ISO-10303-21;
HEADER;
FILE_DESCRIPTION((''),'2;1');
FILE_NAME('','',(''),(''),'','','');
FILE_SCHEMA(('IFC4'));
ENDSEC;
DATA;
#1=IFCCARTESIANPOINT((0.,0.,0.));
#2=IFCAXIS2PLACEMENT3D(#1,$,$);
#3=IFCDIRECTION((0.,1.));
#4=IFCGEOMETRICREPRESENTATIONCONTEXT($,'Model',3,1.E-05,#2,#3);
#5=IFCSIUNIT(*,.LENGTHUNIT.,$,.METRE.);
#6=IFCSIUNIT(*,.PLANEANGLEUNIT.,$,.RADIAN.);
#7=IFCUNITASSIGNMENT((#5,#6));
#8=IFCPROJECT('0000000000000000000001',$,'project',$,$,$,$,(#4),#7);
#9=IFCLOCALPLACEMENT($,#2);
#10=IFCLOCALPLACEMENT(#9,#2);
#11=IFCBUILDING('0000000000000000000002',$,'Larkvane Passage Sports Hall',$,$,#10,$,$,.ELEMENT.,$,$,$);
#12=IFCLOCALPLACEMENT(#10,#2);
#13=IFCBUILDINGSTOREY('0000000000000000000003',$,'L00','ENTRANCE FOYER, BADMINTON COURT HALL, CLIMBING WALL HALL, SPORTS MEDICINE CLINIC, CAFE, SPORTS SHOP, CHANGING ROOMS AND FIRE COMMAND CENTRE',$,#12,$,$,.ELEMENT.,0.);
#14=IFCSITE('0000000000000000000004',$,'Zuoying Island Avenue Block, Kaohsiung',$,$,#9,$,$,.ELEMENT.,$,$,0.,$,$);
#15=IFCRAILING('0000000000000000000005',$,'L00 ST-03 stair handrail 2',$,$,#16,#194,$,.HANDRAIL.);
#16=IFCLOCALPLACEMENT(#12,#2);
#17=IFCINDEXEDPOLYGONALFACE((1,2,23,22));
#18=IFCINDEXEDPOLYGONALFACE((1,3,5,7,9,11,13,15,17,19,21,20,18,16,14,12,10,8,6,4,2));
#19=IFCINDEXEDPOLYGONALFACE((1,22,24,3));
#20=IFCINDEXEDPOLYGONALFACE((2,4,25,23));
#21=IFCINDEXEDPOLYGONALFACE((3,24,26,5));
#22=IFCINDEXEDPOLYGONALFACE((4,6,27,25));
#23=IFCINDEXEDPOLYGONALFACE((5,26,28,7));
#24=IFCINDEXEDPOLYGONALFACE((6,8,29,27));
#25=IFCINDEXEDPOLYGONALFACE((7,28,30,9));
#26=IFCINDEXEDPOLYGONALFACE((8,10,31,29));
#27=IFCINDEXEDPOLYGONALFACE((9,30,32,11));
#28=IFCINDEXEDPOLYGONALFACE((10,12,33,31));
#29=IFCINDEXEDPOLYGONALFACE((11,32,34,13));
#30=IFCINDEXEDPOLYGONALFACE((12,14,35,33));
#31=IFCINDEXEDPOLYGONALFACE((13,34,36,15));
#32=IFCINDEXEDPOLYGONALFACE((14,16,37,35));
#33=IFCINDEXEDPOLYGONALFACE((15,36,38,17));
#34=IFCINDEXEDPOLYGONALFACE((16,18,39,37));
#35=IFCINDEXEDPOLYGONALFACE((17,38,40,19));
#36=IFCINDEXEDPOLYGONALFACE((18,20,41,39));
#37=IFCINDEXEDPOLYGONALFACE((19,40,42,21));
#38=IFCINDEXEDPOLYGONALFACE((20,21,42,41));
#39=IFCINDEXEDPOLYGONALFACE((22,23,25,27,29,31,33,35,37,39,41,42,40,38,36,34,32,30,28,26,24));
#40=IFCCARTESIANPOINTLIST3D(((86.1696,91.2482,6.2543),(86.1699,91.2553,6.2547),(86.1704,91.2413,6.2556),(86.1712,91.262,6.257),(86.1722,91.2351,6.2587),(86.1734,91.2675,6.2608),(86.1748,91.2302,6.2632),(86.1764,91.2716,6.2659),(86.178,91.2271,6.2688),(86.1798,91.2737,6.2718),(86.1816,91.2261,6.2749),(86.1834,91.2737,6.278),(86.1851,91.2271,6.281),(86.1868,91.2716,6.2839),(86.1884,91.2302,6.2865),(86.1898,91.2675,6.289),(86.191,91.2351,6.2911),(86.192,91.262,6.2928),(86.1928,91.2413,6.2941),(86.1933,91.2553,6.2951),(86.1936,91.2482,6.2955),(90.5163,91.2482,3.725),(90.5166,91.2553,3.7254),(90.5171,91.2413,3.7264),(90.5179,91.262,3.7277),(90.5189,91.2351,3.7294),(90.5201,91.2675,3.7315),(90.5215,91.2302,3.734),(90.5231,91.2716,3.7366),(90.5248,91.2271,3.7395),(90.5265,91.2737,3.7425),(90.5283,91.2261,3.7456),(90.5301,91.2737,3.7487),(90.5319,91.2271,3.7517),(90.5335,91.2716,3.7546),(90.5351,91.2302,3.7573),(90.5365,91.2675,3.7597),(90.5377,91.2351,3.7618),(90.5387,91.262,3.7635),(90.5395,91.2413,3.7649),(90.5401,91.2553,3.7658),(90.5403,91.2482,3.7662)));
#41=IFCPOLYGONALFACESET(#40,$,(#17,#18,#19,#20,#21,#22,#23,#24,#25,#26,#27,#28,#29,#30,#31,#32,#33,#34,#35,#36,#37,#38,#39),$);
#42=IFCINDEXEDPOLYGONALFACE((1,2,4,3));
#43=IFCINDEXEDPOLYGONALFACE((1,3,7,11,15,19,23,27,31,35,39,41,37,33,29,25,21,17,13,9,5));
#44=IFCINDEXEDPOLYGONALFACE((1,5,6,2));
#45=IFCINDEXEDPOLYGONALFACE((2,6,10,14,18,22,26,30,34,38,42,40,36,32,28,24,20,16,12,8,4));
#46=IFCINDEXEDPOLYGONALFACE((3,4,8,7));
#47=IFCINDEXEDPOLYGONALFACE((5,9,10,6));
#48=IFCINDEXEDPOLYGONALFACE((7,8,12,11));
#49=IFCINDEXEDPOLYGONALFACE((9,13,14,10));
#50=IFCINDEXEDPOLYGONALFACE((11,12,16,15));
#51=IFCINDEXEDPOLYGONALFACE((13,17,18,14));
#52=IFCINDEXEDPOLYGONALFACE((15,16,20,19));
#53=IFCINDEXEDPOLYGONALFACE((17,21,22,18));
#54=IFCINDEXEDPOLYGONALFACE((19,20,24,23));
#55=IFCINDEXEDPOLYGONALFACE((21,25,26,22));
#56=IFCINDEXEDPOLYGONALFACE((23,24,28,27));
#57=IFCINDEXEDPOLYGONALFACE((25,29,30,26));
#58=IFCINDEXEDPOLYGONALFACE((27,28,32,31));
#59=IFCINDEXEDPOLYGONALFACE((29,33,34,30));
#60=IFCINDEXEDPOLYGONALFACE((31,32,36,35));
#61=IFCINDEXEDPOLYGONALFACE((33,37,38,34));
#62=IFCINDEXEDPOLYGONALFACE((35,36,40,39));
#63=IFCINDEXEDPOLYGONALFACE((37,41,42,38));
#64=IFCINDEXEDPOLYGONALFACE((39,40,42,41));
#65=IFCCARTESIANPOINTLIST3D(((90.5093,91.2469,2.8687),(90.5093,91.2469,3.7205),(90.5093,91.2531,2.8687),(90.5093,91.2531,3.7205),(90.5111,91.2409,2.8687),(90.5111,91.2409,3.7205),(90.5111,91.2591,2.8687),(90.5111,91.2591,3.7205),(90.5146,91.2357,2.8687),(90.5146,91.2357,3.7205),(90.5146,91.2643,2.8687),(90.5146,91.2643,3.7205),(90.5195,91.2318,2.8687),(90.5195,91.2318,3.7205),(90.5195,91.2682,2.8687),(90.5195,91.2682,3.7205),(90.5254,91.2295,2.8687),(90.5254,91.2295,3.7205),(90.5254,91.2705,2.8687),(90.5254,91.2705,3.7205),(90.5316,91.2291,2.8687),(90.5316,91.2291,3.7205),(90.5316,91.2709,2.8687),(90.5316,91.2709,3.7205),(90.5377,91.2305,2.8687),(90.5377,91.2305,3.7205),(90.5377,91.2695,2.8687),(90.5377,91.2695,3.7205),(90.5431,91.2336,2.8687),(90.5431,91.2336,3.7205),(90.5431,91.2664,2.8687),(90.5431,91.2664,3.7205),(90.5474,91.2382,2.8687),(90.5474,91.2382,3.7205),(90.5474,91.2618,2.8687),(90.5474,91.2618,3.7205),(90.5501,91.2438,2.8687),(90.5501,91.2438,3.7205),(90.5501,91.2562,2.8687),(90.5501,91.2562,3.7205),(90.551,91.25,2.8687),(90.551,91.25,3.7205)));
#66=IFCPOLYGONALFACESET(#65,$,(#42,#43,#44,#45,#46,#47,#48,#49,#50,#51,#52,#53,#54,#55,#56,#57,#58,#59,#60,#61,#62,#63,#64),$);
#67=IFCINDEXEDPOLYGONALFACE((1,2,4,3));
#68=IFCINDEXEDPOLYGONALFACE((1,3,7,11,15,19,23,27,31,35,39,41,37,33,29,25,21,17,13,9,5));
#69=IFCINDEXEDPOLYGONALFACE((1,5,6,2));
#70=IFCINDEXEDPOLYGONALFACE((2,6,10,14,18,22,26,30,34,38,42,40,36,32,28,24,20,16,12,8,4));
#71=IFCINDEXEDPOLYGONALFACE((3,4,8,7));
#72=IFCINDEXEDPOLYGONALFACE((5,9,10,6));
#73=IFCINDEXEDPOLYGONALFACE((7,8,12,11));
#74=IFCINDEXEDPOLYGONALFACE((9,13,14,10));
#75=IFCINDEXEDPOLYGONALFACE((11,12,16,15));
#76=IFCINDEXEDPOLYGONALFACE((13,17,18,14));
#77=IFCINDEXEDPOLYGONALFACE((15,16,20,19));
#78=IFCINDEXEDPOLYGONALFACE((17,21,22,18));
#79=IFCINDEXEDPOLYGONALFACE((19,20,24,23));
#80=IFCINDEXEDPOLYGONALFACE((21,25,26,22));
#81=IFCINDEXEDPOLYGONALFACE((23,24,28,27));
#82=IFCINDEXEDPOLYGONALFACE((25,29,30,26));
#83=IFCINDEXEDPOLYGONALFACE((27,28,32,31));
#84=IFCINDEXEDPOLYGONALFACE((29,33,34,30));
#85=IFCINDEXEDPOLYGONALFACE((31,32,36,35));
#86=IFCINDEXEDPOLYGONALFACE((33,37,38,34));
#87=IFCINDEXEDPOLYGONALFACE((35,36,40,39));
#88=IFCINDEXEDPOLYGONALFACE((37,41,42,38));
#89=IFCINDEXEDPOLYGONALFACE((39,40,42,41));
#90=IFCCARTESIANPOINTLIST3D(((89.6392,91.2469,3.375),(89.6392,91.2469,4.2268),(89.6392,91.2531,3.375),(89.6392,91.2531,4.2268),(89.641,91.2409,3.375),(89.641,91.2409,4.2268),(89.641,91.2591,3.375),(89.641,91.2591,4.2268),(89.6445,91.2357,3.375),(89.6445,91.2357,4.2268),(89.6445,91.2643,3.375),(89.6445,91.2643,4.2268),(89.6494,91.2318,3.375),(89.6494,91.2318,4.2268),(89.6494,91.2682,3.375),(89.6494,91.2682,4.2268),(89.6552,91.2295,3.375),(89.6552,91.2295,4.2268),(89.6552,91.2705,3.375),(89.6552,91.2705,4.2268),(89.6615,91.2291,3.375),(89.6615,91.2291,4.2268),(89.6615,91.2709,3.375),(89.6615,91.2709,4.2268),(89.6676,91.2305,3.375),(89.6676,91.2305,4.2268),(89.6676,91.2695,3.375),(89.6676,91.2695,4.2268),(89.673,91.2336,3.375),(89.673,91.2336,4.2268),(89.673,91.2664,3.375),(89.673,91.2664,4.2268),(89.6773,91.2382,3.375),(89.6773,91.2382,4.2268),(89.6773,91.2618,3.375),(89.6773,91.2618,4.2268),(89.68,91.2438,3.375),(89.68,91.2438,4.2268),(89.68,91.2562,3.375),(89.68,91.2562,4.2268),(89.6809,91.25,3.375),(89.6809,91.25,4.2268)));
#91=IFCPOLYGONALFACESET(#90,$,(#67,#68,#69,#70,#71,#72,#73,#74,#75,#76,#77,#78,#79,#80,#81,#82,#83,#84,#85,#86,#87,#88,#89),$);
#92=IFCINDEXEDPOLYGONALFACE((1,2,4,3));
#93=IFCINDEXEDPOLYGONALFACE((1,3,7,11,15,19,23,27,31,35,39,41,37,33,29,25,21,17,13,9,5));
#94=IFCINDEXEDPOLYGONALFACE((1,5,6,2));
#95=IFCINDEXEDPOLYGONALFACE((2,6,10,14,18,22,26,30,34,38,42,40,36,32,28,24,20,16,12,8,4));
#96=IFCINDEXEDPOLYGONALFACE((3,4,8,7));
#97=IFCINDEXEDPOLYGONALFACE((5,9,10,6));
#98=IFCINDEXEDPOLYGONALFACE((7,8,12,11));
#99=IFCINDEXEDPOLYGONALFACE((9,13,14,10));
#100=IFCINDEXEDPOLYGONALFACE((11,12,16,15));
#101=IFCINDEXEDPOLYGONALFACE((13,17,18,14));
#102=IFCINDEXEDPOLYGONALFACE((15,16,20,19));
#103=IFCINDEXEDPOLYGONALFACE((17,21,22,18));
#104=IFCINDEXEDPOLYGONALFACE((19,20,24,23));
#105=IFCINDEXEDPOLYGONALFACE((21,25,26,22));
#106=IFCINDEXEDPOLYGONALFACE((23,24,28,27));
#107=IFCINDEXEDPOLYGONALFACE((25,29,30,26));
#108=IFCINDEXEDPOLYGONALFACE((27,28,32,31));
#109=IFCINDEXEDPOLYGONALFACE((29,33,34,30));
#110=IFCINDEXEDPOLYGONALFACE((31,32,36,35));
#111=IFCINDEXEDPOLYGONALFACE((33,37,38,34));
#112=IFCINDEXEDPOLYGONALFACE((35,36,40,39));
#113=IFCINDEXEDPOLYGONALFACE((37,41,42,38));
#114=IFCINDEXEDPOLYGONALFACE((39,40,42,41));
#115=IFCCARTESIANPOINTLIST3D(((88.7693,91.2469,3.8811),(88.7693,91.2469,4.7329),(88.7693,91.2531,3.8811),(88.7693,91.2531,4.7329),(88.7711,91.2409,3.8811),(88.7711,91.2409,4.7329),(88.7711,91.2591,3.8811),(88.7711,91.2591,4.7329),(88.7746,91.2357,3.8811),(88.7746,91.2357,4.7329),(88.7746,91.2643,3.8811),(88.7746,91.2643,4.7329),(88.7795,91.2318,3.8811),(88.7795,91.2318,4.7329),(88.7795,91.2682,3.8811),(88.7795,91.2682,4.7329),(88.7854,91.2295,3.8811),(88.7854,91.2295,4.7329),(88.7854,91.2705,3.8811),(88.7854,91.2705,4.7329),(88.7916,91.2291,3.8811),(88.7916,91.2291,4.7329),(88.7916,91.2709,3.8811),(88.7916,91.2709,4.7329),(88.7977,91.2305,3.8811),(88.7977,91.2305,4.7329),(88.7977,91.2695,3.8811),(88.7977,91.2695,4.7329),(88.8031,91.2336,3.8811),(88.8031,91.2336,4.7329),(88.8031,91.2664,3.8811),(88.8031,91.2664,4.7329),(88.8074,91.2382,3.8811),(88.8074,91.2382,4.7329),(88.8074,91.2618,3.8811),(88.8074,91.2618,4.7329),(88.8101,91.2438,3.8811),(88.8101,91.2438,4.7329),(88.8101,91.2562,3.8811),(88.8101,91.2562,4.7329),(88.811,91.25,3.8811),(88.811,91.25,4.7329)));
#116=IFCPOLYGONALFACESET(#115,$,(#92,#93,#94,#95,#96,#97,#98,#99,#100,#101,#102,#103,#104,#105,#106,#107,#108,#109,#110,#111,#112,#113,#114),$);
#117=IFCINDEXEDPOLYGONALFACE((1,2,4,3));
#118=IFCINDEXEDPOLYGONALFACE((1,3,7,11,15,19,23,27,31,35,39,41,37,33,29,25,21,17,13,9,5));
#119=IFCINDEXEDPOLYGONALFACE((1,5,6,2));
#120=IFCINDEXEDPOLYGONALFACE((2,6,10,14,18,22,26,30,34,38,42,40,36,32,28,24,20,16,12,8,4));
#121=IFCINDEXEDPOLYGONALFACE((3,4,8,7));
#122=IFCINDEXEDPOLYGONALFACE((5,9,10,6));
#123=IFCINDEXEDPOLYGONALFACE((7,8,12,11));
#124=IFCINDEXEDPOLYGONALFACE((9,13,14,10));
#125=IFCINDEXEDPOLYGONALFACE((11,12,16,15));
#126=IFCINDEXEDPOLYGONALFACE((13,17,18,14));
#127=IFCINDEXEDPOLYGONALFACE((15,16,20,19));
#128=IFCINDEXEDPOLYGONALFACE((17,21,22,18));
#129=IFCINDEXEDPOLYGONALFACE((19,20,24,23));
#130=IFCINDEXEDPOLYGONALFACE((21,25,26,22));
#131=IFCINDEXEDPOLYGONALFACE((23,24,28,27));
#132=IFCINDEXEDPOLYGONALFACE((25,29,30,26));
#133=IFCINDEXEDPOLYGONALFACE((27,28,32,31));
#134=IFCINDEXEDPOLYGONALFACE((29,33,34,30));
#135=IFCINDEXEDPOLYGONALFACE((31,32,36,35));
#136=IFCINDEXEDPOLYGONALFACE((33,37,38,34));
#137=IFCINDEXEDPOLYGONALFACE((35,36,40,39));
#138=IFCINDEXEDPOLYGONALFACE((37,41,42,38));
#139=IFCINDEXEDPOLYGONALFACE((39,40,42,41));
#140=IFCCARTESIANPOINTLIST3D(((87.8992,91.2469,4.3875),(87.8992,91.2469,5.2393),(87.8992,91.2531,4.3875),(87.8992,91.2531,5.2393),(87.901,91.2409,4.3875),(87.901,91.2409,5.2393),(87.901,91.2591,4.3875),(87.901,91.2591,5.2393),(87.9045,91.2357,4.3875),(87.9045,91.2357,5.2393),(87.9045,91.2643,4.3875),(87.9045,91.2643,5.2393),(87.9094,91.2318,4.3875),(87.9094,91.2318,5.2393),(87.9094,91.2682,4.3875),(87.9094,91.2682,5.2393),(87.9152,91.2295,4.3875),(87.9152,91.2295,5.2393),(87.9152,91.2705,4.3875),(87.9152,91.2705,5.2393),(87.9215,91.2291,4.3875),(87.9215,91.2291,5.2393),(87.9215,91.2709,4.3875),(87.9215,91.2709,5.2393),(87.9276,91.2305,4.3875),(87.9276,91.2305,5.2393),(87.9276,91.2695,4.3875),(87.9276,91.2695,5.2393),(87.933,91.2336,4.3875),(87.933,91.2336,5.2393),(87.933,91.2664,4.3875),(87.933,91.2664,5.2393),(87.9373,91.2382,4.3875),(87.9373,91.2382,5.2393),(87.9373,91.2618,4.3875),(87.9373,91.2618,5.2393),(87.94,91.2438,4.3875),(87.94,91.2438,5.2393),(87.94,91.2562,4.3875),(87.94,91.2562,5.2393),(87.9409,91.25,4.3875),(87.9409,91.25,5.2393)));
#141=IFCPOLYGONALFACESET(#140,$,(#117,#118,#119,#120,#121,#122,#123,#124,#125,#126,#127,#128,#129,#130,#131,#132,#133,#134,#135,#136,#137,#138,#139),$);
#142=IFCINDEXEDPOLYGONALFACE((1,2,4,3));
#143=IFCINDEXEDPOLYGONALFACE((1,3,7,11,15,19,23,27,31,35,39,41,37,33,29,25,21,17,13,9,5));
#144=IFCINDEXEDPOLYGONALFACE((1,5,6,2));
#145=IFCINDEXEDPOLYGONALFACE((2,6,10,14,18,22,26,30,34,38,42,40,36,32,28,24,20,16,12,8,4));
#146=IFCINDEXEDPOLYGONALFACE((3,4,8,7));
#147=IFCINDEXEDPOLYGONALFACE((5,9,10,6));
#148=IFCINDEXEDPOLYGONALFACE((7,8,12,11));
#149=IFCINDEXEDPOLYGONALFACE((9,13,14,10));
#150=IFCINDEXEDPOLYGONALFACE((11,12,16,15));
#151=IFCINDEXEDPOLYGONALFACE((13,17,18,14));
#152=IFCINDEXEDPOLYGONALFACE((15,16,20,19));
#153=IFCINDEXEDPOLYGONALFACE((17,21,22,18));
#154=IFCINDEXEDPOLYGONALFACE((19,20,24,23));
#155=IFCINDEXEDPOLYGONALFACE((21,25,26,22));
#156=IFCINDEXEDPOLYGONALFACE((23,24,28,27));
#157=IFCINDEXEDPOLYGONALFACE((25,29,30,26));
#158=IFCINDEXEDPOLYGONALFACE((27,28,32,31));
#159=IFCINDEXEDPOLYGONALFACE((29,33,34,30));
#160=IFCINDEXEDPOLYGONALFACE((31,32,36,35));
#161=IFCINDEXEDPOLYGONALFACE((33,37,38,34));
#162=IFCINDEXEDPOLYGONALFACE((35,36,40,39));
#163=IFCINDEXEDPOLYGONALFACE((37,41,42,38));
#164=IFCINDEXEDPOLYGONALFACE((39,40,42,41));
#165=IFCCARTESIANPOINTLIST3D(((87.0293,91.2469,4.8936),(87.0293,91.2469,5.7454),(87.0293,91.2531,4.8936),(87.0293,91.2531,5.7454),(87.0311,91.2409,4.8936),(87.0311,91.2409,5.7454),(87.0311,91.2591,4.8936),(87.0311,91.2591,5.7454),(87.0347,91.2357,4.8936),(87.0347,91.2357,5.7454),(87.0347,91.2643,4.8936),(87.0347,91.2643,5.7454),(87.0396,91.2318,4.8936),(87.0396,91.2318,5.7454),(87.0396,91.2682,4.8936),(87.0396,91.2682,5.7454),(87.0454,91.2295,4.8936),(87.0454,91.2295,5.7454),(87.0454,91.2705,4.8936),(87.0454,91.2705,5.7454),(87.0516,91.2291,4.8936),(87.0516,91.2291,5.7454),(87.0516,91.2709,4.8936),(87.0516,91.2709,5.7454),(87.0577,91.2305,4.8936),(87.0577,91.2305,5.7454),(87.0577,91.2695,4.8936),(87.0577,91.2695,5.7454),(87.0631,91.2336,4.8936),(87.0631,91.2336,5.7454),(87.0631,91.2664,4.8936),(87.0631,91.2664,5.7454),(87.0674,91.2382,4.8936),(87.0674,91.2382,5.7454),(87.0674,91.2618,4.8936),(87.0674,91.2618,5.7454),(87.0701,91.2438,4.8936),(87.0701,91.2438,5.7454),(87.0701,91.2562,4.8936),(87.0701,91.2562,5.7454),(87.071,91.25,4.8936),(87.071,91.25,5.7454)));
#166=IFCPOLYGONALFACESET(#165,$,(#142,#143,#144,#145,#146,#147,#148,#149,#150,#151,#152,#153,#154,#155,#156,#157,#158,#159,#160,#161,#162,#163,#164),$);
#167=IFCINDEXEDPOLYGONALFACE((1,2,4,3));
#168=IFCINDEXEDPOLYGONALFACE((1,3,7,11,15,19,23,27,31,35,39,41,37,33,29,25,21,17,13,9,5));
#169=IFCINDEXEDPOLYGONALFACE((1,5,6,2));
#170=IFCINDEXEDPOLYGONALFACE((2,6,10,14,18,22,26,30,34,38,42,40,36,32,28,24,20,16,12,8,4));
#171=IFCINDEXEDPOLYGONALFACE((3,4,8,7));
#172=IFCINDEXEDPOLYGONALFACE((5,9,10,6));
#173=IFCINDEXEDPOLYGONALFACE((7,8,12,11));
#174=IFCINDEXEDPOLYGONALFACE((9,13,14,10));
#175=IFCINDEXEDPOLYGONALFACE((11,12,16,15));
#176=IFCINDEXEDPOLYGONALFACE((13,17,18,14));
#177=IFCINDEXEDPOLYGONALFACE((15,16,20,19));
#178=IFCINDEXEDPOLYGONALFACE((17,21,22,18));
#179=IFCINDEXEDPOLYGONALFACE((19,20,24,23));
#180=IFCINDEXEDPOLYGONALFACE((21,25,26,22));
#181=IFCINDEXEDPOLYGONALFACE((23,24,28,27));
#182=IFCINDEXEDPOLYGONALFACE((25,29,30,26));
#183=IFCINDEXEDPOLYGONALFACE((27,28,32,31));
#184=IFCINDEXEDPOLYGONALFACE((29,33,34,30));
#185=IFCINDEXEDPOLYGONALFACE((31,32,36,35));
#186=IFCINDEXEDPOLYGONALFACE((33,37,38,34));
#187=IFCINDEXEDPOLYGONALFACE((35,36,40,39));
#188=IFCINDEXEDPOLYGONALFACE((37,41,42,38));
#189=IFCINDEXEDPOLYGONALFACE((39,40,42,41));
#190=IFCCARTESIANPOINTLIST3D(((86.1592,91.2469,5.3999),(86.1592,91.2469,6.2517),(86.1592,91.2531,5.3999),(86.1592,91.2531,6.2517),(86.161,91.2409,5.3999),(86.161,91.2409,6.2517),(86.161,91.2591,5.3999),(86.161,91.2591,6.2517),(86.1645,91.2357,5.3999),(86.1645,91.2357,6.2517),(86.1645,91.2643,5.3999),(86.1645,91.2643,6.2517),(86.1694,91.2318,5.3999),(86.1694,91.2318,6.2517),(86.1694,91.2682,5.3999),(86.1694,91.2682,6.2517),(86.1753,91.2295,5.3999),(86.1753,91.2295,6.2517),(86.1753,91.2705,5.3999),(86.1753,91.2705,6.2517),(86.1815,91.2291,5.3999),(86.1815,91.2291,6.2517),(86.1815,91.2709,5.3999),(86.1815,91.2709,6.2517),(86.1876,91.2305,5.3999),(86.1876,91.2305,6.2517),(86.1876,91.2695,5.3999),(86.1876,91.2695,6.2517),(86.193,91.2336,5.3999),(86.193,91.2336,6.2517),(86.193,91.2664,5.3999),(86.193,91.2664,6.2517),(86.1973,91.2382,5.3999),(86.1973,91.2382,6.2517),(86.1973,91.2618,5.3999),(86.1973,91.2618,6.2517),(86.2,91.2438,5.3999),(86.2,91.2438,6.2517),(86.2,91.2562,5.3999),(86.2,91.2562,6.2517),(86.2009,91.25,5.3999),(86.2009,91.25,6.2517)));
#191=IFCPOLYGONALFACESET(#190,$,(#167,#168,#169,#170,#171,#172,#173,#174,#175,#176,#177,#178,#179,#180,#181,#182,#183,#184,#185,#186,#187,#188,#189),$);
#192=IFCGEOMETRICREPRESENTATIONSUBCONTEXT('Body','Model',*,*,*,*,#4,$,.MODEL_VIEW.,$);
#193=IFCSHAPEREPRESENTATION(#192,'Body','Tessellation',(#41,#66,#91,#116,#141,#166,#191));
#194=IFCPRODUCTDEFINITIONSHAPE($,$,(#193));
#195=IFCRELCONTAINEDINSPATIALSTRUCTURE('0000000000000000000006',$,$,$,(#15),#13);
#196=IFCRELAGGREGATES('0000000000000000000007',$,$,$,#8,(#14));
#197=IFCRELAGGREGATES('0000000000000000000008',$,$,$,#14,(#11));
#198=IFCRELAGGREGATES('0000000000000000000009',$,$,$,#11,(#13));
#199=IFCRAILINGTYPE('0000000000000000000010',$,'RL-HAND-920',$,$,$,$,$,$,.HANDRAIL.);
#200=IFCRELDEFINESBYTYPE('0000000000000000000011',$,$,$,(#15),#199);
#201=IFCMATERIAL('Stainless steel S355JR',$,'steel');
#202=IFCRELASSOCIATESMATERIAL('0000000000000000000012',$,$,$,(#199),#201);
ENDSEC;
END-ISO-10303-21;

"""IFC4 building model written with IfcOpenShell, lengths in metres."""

from ifc_helpers import new_model, si_unit, direction, frame, origin, origin_2d, place, context, subcontext, project, spatial, circle, extrude, material, type_object, element, save


model = new_model("IFC4")

# Units and contexts
model_context = context("Model", 3, precision=1e-05, world=origin(), true_north=direction((0.0, 1.0)))
body_context = subcontext(model_context, "Body", "Model", "MODEL_VIEW")
ifc_project = project(units=[si_unit("LENGTHUNIT", "METRE"), si_unit("PLANEANGLEUNIT", "RADIAN")], contexts=[model_context])

# Site, building, storey
site_placement = place(None, origin())
site = spatial("IfcSite", under=ifc_project, at=site_placement, Name="Zuoying Island Avenue Block, Kaohsiung", CompositionType="ELEMENT", RefElevation=0.0)
building_placement = place(site_placement, origin())
building = spatial("IfcBuilding", under=site, at=building_placement, Name="Larkvane Passage Sports Hall", CompositionType="ELEMENT")
storey_placement = place(building_placement, origin())
storey = spatial("IfcBuildingStorey", under=building, at=storey_placement, Name="L00", Description="ENTRANCE FOYER, BADMINTON COURT HALL, CLIMBING WALL HALL, SPORTS MEDICINE CLINIC, CAFE, SPORTS SHOP, CHANGING ROOMS AND FIRE COMMAND CENTRE", CompositionType="ELEMENT", Elevation=0.0)

# Railing
ifc_material_1 = material(Name="Stainless steel S355JR", Category="steel")
railing_type_1 = type_object("IfcRailingType", Name="RL-HAND-920", PredefinedType="HANDRAIL", material=ifc_material_1)
railing_1_placement = place(storey_placement, frame((90.53, 91.25, 2.8687)))
element("IfcRailing", 1, at=railing_1_placement, inside=storey, type_object=railing_type_1, Name="L00 ST-03 stair handrail 2", PredefinedType="HANDRAIL", context=body_context, shape_type="SweptSolid", body=[
    extrude(circle(Radius=0.0239, at=origin_2d()), frame((-0.0017, 0.0, 0.877), z_axis=(-0.864324, 0.0, 0.502936), x_axis=(0.0, -1.0, 0.0)), (0.0, 0.0, 1.0), 5.0291),
    extrude(circle(Radius=0.021, at=origin_2d()), origin(), (0.0, 0.0, 1.0), 0.8518),
    extrude(circle(Radius=0.021, at=origin_2d()), frame((-0.8701, 0.0, 0.5063)), (0.0, 0.0, 1.0), 0.8518),
    extrude(circle(Radius=0.021, at=origin_2d()), frame((-1.74, 0.0, 1.0125)), (0.0, 0.0, 1.0), 0.8518),
    extrude(circle(Radius=0.021, at=origin_2d()), frame((-2.6101, 0.0, 1.5188)), (0.0, 0.0, 1.0), 0.8518),
    extrude(circle(Radius=0.021, at=origin_2d()), frame((-3.48, 0.0, 2.0249)), (0.0, 0.0, 1.0), 0.8518),
    extrude(circle(Radius=0.021, at=origin_2d()), frame((-4.3501, 0.0, 2.5312)), (0.0, 0.0, 1.0), 0.8518),
])

save(model, "model.ifc")
